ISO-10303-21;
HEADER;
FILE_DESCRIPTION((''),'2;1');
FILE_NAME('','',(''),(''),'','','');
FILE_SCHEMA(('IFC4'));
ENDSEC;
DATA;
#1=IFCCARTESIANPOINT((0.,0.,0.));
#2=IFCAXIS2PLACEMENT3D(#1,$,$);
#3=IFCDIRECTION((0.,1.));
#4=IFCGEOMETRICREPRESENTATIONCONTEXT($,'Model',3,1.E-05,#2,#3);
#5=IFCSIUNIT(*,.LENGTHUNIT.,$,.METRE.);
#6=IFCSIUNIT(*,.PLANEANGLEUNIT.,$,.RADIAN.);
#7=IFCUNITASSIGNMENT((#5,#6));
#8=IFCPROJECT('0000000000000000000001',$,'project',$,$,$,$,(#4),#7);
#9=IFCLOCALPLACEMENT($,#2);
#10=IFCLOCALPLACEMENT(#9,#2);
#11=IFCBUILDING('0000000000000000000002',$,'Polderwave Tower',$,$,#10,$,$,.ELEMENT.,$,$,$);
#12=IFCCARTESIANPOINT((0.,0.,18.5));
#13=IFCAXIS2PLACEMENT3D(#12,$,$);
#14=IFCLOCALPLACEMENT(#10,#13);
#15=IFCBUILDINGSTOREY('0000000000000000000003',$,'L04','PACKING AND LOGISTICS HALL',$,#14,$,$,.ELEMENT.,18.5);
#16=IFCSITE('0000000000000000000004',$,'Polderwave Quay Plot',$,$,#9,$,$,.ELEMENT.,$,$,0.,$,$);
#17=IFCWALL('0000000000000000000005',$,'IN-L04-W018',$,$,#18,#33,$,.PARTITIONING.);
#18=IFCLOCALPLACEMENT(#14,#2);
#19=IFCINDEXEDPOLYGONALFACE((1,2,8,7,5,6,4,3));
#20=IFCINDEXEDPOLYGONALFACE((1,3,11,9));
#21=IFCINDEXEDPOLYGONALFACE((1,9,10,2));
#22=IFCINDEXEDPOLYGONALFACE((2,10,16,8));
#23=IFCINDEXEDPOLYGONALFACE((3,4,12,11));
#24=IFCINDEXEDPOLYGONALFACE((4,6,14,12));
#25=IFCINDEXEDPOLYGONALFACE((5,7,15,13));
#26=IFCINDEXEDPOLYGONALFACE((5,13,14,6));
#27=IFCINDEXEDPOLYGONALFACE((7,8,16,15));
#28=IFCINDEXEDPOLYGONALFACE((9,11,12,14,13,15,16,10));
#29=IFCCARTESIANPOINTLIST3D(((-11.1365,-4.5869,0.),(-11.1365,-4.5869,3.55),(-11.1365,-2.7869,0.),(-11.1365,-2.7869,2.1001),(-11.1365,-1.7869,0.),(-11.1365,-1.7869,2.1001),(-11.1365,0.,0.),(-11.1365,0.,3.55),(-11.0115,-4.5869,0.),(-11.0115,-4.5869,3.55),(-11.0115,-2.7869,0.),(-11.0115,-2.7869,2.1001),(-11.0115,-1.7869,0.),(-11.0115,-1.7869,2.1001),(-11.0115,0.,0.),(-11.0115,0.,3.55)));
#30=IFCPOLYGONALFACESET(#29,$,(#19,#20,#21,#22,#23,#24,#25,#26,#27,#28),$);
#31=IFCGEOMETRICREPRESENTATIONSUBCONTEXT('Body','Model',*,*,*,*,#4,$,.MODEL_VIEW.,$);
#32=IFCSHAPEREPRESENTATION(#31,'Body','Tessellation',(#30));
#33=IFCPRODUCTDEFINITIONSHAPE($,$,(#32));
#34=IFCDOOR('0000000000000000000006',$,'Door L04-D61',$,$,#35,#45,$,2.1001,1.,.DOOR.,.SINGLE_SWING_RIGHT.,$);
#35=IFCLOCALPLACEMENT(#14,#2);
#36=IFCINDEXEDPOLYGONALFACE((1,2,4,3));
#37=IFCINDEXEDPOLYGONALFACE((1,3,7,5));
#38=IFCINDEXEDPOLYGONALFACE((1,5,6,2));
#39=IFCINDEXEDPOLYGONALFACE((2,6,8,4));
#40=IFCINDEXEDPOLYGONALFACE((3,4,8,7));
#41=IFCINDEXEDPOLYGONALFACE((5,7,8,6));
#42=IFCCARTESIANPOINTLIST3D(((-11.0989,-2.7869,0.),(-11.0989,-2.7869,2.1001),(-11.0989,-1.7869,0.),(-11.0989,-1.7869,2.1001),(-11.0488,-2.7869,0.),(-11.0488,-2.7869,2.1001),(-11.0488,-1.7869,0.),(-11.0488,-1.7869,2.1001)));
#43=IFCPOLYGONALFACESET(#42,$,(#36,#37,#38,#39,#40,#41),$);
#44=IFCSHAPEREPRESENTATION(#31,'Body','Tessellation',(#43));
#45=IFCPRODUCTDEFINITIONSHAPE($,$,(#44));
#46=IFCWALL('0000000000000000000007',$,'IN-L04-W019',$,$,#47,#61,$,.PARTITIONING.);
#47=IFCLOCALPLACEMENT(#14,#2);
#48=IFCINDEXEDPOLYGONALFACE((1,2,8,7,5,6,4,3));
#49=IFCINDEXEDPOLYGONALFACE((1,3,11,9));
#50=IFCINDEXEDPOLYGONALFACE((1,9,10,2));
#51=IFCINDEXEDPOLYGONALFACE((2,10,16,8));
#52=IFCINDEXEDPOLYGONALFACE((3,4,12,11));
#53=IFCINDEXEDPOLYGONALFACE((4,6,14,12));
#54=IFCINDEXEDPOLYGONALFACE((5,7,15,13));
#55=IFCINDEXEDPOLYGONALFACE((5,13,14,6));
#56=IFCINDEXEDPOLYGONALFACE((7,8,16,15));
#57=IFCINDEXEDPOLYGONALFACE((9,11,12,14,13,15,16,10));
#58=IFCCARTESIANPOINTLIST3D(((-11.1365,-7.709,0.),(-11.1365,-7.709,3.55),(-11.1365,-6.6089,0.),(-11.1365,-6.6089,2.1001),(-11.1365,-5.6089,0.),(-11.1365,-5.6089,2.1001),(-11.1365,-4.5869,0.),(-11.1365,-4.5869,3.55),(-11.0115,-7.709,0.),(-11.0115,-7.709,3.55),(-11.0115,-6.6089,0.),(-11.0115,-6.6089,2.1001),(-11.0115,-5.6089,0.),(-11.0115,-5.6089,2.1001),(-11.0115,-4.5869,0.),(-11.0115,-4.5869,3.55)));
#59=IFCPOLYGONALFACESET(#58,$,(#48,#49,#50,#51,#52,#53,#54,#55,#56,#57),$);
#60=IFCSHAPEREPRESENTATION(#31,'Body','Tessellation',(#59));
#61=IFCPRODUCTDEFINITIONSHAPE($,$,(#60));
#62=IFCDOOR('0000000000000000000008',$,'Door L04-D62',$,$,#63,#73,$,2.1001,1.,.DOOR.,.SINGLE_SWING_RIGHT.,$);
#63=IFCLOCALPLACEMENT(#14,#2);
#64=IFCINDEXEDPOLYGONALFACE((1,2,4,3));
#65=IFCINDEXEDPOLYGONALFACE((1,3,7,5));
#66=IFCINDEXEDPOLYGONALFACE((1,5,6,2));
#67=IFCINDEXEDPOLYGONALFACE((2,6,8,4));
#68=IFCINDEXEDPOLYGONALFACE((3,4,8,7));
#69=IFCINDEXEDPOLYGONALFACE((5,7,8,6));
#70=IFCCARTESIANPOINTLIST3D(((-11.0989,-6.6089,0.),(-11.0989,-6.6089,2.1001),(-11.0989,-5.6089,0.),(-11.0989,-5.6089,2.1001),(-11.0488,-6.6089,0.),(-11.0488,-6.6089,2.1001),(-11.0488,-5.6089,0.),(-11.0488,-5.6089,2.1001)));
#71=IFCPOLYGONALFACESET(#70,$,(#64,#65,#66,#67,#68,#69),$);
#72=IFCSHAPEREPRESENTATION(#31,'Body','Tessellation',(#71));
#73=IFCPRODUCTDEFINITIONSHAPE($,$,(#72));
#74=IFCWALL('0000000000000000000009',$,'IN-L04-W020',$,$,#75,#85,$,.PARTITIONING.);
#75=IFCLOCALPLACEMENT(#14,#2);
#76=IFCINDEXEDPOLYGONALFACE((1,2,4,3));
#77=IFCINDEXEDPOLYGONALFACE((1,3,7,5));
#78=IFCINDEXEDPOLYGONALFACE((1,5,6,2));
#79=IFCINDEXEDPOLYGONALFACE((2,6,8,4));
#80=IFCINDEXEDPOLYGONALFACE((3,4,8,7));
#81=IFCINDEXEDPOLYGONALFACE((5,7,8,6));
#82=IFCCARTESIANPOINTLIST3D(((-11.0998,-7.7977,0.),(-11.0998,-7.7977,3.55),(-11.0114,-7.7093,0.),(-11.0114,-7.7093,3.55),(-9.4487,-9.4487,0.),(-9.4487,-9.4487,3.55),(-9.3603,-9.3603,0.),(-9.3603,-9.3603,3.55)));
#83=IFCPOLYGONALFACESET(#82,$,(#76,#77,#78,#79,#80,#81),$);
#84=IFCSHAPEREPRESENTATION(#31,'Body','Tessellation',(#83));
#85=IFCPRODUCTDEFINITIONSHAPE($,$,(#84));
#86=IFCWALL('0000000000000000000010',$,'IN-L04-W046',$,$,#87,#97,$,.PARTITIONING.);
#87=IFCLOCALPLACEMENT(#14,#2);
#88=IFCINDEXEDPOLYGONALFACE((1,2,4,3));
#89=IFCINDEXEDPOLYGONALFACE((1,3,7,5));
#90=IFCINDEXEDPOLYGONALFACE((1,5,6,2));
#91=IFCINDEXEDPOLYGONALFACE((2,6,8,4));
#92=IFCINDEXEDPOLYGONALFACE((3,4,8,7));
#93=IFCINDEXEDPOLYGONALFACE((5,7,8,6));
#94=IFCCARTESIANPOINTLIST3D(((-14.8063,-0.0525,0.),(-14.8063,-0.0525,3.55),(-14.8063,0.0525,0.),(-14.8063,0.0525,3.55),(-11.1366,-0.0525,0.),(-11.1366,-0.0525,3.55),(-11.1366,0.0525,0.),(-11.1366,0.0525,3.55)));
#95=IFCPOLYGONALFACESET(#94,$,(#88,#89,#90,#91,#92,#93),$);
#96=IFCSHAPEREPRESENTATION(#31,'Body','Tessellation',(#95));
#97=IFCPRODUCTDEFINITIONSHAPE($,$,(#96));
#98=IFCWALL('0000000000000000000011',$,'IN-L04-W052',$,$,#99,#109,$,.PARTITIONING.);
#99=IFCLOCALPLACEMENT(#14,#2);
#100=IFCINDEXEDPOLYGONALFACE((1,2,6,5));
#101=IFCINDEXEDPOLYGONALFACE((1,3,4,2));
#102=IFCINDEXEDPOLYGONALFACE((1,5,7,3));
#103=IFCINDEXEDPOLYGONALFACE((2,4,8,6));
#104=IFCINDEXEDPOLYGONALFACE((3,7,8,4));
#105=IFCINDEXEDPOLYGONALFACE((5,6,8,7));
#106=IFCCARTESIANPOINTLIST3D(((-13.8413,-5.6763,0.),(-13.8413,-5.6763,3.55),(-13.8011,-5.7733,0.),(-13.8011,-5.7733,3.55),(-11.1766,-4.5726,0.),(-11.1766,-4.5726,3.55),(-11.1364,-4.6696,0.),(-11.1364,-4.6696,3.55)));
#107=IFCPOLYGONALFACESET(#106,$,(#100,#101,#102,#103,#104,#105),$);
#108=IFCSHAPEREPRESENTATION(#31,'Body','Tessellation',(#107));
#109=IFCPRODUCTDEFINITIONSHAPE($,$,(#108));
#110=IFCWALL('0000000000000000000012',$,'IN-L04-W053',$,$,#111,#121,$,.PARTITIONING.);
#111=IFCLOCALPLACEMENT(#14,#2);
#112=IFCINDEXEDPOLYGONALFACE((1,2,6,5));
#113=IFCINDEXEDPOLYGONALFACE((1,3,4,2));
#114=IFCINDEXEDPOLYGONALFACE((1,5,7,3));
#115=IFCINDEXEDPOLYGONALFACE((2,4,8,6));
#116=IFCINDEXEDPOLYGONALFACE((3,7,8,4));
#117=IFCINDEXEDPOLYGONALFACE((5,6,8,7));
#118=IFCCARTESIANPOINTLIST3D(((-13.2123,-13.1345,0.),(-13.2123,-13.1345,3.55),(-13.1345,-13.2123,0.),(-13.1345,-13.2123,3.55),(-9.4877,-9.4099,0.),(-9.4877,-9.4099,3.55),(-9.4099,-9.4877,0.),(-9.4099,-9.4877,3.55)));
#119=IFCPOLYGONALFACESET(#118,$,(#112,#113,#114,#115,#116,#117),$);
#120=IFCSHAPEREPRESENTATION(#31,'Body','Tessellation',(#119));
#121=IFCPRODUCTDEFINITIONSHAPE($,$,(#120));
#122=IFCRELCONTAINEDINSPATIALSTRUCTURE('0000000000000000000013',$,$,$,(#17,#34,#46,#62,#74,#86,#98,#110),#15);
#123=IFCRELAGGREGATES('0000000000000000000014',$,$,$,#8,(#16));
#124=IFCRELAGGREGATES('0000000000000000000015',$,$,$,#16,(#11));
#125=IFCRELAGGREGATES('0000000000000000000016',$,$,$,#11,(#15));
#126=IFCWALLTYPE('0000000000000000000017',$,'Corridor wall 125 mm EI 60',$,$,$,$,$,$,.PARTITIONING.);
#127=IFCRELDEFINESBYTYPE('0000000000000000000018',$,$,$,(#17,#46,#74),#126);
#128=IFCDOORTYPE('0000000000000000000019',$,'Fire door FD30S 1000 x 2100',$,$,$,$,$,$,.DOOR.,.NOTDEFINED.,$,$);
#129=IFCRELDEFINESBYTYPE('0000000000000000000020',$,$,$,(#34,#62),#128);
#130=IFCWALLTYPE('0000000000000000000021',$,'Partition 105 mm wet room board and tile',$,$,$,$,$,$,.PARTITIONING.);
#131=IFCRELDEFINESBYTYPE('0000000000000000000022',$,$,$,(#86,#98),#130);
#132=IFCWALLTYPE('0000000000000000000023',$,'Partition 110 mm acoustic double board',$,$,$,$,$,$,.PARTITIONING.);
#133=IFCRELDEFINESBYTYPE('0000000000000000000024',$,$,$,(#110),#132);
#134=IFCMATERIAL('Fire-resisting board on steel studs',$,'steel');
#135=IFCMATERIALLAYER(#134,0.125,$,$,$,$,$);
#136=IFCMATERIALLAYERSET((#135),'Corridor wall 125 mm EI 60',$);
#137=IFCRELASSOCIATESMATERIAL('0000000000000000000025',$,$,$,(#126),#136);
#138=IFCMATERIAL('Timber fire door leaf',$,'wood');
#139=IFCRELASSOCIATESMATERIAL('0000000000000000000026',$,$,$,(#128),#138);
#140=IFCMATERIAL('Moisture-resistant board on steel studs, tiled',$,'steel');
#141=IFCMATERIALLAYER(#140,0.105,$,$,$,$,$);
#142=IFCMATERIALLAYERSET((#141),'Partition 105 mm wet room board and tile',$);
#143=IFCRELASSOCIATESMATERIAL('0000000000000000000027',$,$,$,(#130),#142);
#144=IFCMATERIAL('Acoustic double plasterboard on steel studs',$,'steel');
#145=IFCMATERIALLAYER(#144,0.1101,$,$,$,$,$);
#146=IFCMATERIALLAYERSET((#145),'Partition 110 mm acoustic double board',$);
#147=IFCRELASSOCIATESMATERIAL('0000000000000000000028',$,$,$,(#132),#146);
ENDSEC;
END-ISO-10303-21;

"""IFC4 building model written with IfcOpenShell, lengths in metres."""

from ifc_helpers import new_model, si_unit, direction, frame, frame_2d, origin, place, context, subcontext, project, spatial, rectangle, extrude, material, layer, layer_set, type_object, element, fill, save


model = new_model("IFC4")

# Units and contexts
model_context = context("Model", 3, precision=1e-05, world=origin(), true_north=direction((0.0, 1.0)))
body_context = subcontext(model_context, "Body", "Model", "MODEL_VIEW")
ifc_project = project(units=[si_unit("LENGTHUNIT", "METRE"), si_unit("PLANEANGLEUNIT", "RADIAN")], contexts=[model_context])

# Site, building, storey
site_placement = place(None, origin())
site = spatial("IfcSite", under=ifc_project, at=site_placement, Name="Polderwave Quay Plot", CompositionType="ELEMENT", RefElevation=0.0)
building_placement = place(site_placement, origin())
building = spatial("IfcBuilding", under=site, at=building_placement, Name="Polderwave Tower", CompositionType="ELEMENT")
storey_placement = place(building_placement, frame((0.0, 0.0, 18.5)))
storey = spatial("IfcBuildingStorey", under=building, at=storey_placement, Name="L04", Description="PACKING AND LOGISTICS HALL", CompositionType="ELEMENT", Elevation=18.5)

# Walls, openings, doors
ifc_material_1 = material(Name="Fire-resisting board on steel studs", Category="steel")
ifc_layer_1 = layer(ifc_material_1, 0.125)
ifc_layer_set_1 = layer_set([ifc_layer_1], Name="Corridor wall 125 mm EI 60")
wall_type_1 = type_object("IfcWallType", Name="Corridor wall 125 mm EI 60", PredefinedType="PARTITIONING", material=ifc_layer_set_1)
ifc_material_2 = material(Name="Timber fire door leaf", Category="wood")
door_type_1 = type_object("IfcDoorType", Name="Fire door FD30S 1000 x 2100", OperationType="NOTDEFINED", PredefinedType="DOOR", material=ifc_material_2)
wall_1_placement = place(storey_placement, frame((-11.074, -4.5869, 0.0), z_axis=(0.0, 0.0, 1.0), x_axis=(0.0, 1.0, 0.0)))
wall_1 = element("IfcWall", 1, at=wall_1_placement, inside=storey, type_object=wall_type_1, Name="IN-L04-W018", PredefinedType="PARTITIONING", context=body_context, shape_type="SweptSolid", body=[
    extrude(rectangle(XDim=4.5869, YDim=0.125, at=frame_2d((2.2935, 0.0))), origin(), (0.0, 0.0, 1.0), 3.55),
])
opening_1_placement = place(wall_1_placement, frame((1.8, 0.0, 0.0)))
opening_1 = element("IfcOpeningElement", 2, at=opening_1_placement, cuts=wall_1, PredefinedType="OPENING", context=body_context, shape_type="SweptSolid", body=[
    extrude(rectangle(XDim=1.0, YDim=2.1001, at=frame_2d((0.5, 1.05))), frame((0.0, 0.0725, 0.0), z_axis=(0.0, -1.0, 0.0), x_axis=(1.0, 0.0, 0.0)), (0.0, 0.0, 1.0), 0.145),
])
door_1_placement = place(opening_1_placement, origin())
door_1 = element("IfcDoor", 3, at=door_1_placement, inside=storey, type_object=door_type_1, Name="Door L04-D61", OperationType="SINGLE_SWING_RIGHT", OverallHeight=2.1001, OverallWidth=1.0, PredefinedType="DOOR", context=body_context, shape_type="SweptSolid", body=[
    extrude(rectangle(XDim=1.0, YDim=2.1001, at=frame_2d((0.5, 1.05))), frame((0.0, 0.0249, 0.0), z_axis=(0.0, -1.0, 0.0), x_axis=(1.0, 0.0, 0.0)), (0.0, 0.0, 1.0), 0.05),
])
fill(opening_1, door_1)
wall_2_placement = place(storey_placement, frame((-11.074, -7.709, 0.0), z_axis=(0.0, 0.0, 1.0), x_axis=(0.0, 1.0, 0.0)))
wall_2 = element("IfcWall", 4, at=wall_2_placement, inside=storey, type_object=wall_type_1, Name="IN-L04-W019", PredefinedType="PARTITIONING", context=body_context, shape_type="SweptSolid", body=[
    extrude(rectangle(XDim=3.1221, YDim=0.125, at=frame_2d((1.561, 0.0))), origin(), (0.0, 0.0, 1.0), 3.55),
])
opening_2_placement = place(wall_2_placement, frame((1.1001, 0.0, 0.0)))
opening_2 = element("IfcOpeningElement", 5, at=opening_2_placement, cuts=wall_2, PredefinedType="OPENING", context=body_context, shape_type="SweptSolid", body=[
    extrude(rectangle(XDim=1.0, YDim=2.1001, at=frame_2d((0.5, 1.05))), frame((0.0, 0.0725, 0.0), z_axis=(0.0, -1.0, 0.0), x_axis=(1.0, 0.0, 0.0)), (0.0, 0.0, 1.0), 0.145),
])
door_2_placement = place(opening_2_placement, origin())
door_2 = element("IfcDoor", 6, at=door_2_placement, inside=storey, type_object=door_type_1, Name="Door L04-D62", OperationType="SINGLE_SWING_RIGHT", OverallHeight=2.1001, OverallWidth=1.0, PredefinedType="DOOR", context=body_context, shape_type="SweptSolid", body=[
    extrude(rectangle(XDim=1.0, YDim=2.1001, at=frame_2d((0.5, 1.05))), frame((0.0, 0.0249, 0.0), z_axis=(0.0, -1.0, 0.0), x_axis=(1.0, 0.0, 0.0)), (0.0, 0.0, 1.0), 0.05),
])
fill(opening_2, door_2)

# Walls
wall_3_placement = place(storey_placement, frame((-9.4045, -9.4045, 0.0), z_axis=(0.0, 0.0, 1.0), x_axis=(-0.707107, 0.707107, 0.0)))
element("IfcWall", 7, at=wall_3_placement, inside=storey, type_object=wall_type_1, Name="IN-L04-W020", PredefinedType="PARTITIONING", context=body_context, shape_type="SweptSolid", body=[
    extrude(rectangle(XDim=2.335, YDim=0.125, at=frame_2d((1.1675, 0.0))), origin(), (0.0, 0.0, 1.0), 3.55),
])
ifc_material_3 = material(Name="Moisture-resistant board on steel studs, tiled", Category="steel")
ifc_layer_2 = layer(ifc_material_3, 0.105)
ifc_layer_set_2 = layer_set([ifc_layer_2], Name="Partition 105 mm wet room board and tile")
wall_type_2 = type_object("IfcWallType", Name="Partition 105 mm wet room board and tile", PredefinedType="PARTITIONING", material=ifc_layer_set_2)
wall_4_placement = place(storey_placement, frame((-11.1365, 0.0, 0.0), z_axis=(0.0, 0.0, 1.0), x_axis=(-1.0, 0.0, 0.0)))
element("IfcWall", 8, at=wall_4_placement, inside=storey, type_object=wall_type_2, Name="IN-L04-W046", PredefinedType="PARTITIONING", context=body_context, shape_type="SweptSolid", body=[
    extrude(rectangle(XDim=3.6697, YDim=0.105, at=frame_2d((1.835, 0.0))), origin(), (0.0, 0.0, 1.0), 3.55),
])
wall_5_placement = place(storey_placement, frame((-11.1565, -4.6211, 0.0), z_axis=(0.0, 0.0, 1.0), x_axis=(-0.923884, -0.382673, 0.0)))
element("IfcWall", 9, at=wall_5_placement, inside=storey, type_object=wall_type_2, Name="IN-L04-W052", PredefinedType="PARTITIONING", context=body_context, shape_type="SweptSolid", body=[
    extrude(rectangle(XDim=2.8843, YDim=0.105, at=frame_2d((1.4421, 0.0))), origin(), (0.0, 0.0, 1.0), 3.55),
])
ifc_material_4 = material(Name="Acoustic double plasterboard on steel studs", Category="steel")
ifc_layer_3 = layer(ifc_material_4, 0.1101)
ifc_layer_set_3 = layer_set([ifc_layer_3], Name="Partition 110 mm acoustic double board")
wall_type_3 = type_object("IfcWallType", Name="Partition 110 mm acoustic double board", PredefinedType="PARTITIONING", material=ifc_layer_set_3)
wall_6_placement = place(storey_placement, frame((-9.4487, -9.4487, 0.0), z_axis=(0.0, 0.0, 1.0), x_axis=(-0.707107, -0.707107, 0.0)))
element("IfcWall", 10, at=wall_6_placement, inside=storey, type_object=wall_type_3, Name="IN-L04-W053", PredefinedType="PARTITIONING", context=body_context, shape_type="SweptSolid", body=[
    extrude(rectangle(XDim=5.2673, YDim=0.1101, at=frame_2d((2.6338, 0.0))), origin(), (0.0, 0.0, 1.0), 3.55),
])

save(model, "model.ifc")
